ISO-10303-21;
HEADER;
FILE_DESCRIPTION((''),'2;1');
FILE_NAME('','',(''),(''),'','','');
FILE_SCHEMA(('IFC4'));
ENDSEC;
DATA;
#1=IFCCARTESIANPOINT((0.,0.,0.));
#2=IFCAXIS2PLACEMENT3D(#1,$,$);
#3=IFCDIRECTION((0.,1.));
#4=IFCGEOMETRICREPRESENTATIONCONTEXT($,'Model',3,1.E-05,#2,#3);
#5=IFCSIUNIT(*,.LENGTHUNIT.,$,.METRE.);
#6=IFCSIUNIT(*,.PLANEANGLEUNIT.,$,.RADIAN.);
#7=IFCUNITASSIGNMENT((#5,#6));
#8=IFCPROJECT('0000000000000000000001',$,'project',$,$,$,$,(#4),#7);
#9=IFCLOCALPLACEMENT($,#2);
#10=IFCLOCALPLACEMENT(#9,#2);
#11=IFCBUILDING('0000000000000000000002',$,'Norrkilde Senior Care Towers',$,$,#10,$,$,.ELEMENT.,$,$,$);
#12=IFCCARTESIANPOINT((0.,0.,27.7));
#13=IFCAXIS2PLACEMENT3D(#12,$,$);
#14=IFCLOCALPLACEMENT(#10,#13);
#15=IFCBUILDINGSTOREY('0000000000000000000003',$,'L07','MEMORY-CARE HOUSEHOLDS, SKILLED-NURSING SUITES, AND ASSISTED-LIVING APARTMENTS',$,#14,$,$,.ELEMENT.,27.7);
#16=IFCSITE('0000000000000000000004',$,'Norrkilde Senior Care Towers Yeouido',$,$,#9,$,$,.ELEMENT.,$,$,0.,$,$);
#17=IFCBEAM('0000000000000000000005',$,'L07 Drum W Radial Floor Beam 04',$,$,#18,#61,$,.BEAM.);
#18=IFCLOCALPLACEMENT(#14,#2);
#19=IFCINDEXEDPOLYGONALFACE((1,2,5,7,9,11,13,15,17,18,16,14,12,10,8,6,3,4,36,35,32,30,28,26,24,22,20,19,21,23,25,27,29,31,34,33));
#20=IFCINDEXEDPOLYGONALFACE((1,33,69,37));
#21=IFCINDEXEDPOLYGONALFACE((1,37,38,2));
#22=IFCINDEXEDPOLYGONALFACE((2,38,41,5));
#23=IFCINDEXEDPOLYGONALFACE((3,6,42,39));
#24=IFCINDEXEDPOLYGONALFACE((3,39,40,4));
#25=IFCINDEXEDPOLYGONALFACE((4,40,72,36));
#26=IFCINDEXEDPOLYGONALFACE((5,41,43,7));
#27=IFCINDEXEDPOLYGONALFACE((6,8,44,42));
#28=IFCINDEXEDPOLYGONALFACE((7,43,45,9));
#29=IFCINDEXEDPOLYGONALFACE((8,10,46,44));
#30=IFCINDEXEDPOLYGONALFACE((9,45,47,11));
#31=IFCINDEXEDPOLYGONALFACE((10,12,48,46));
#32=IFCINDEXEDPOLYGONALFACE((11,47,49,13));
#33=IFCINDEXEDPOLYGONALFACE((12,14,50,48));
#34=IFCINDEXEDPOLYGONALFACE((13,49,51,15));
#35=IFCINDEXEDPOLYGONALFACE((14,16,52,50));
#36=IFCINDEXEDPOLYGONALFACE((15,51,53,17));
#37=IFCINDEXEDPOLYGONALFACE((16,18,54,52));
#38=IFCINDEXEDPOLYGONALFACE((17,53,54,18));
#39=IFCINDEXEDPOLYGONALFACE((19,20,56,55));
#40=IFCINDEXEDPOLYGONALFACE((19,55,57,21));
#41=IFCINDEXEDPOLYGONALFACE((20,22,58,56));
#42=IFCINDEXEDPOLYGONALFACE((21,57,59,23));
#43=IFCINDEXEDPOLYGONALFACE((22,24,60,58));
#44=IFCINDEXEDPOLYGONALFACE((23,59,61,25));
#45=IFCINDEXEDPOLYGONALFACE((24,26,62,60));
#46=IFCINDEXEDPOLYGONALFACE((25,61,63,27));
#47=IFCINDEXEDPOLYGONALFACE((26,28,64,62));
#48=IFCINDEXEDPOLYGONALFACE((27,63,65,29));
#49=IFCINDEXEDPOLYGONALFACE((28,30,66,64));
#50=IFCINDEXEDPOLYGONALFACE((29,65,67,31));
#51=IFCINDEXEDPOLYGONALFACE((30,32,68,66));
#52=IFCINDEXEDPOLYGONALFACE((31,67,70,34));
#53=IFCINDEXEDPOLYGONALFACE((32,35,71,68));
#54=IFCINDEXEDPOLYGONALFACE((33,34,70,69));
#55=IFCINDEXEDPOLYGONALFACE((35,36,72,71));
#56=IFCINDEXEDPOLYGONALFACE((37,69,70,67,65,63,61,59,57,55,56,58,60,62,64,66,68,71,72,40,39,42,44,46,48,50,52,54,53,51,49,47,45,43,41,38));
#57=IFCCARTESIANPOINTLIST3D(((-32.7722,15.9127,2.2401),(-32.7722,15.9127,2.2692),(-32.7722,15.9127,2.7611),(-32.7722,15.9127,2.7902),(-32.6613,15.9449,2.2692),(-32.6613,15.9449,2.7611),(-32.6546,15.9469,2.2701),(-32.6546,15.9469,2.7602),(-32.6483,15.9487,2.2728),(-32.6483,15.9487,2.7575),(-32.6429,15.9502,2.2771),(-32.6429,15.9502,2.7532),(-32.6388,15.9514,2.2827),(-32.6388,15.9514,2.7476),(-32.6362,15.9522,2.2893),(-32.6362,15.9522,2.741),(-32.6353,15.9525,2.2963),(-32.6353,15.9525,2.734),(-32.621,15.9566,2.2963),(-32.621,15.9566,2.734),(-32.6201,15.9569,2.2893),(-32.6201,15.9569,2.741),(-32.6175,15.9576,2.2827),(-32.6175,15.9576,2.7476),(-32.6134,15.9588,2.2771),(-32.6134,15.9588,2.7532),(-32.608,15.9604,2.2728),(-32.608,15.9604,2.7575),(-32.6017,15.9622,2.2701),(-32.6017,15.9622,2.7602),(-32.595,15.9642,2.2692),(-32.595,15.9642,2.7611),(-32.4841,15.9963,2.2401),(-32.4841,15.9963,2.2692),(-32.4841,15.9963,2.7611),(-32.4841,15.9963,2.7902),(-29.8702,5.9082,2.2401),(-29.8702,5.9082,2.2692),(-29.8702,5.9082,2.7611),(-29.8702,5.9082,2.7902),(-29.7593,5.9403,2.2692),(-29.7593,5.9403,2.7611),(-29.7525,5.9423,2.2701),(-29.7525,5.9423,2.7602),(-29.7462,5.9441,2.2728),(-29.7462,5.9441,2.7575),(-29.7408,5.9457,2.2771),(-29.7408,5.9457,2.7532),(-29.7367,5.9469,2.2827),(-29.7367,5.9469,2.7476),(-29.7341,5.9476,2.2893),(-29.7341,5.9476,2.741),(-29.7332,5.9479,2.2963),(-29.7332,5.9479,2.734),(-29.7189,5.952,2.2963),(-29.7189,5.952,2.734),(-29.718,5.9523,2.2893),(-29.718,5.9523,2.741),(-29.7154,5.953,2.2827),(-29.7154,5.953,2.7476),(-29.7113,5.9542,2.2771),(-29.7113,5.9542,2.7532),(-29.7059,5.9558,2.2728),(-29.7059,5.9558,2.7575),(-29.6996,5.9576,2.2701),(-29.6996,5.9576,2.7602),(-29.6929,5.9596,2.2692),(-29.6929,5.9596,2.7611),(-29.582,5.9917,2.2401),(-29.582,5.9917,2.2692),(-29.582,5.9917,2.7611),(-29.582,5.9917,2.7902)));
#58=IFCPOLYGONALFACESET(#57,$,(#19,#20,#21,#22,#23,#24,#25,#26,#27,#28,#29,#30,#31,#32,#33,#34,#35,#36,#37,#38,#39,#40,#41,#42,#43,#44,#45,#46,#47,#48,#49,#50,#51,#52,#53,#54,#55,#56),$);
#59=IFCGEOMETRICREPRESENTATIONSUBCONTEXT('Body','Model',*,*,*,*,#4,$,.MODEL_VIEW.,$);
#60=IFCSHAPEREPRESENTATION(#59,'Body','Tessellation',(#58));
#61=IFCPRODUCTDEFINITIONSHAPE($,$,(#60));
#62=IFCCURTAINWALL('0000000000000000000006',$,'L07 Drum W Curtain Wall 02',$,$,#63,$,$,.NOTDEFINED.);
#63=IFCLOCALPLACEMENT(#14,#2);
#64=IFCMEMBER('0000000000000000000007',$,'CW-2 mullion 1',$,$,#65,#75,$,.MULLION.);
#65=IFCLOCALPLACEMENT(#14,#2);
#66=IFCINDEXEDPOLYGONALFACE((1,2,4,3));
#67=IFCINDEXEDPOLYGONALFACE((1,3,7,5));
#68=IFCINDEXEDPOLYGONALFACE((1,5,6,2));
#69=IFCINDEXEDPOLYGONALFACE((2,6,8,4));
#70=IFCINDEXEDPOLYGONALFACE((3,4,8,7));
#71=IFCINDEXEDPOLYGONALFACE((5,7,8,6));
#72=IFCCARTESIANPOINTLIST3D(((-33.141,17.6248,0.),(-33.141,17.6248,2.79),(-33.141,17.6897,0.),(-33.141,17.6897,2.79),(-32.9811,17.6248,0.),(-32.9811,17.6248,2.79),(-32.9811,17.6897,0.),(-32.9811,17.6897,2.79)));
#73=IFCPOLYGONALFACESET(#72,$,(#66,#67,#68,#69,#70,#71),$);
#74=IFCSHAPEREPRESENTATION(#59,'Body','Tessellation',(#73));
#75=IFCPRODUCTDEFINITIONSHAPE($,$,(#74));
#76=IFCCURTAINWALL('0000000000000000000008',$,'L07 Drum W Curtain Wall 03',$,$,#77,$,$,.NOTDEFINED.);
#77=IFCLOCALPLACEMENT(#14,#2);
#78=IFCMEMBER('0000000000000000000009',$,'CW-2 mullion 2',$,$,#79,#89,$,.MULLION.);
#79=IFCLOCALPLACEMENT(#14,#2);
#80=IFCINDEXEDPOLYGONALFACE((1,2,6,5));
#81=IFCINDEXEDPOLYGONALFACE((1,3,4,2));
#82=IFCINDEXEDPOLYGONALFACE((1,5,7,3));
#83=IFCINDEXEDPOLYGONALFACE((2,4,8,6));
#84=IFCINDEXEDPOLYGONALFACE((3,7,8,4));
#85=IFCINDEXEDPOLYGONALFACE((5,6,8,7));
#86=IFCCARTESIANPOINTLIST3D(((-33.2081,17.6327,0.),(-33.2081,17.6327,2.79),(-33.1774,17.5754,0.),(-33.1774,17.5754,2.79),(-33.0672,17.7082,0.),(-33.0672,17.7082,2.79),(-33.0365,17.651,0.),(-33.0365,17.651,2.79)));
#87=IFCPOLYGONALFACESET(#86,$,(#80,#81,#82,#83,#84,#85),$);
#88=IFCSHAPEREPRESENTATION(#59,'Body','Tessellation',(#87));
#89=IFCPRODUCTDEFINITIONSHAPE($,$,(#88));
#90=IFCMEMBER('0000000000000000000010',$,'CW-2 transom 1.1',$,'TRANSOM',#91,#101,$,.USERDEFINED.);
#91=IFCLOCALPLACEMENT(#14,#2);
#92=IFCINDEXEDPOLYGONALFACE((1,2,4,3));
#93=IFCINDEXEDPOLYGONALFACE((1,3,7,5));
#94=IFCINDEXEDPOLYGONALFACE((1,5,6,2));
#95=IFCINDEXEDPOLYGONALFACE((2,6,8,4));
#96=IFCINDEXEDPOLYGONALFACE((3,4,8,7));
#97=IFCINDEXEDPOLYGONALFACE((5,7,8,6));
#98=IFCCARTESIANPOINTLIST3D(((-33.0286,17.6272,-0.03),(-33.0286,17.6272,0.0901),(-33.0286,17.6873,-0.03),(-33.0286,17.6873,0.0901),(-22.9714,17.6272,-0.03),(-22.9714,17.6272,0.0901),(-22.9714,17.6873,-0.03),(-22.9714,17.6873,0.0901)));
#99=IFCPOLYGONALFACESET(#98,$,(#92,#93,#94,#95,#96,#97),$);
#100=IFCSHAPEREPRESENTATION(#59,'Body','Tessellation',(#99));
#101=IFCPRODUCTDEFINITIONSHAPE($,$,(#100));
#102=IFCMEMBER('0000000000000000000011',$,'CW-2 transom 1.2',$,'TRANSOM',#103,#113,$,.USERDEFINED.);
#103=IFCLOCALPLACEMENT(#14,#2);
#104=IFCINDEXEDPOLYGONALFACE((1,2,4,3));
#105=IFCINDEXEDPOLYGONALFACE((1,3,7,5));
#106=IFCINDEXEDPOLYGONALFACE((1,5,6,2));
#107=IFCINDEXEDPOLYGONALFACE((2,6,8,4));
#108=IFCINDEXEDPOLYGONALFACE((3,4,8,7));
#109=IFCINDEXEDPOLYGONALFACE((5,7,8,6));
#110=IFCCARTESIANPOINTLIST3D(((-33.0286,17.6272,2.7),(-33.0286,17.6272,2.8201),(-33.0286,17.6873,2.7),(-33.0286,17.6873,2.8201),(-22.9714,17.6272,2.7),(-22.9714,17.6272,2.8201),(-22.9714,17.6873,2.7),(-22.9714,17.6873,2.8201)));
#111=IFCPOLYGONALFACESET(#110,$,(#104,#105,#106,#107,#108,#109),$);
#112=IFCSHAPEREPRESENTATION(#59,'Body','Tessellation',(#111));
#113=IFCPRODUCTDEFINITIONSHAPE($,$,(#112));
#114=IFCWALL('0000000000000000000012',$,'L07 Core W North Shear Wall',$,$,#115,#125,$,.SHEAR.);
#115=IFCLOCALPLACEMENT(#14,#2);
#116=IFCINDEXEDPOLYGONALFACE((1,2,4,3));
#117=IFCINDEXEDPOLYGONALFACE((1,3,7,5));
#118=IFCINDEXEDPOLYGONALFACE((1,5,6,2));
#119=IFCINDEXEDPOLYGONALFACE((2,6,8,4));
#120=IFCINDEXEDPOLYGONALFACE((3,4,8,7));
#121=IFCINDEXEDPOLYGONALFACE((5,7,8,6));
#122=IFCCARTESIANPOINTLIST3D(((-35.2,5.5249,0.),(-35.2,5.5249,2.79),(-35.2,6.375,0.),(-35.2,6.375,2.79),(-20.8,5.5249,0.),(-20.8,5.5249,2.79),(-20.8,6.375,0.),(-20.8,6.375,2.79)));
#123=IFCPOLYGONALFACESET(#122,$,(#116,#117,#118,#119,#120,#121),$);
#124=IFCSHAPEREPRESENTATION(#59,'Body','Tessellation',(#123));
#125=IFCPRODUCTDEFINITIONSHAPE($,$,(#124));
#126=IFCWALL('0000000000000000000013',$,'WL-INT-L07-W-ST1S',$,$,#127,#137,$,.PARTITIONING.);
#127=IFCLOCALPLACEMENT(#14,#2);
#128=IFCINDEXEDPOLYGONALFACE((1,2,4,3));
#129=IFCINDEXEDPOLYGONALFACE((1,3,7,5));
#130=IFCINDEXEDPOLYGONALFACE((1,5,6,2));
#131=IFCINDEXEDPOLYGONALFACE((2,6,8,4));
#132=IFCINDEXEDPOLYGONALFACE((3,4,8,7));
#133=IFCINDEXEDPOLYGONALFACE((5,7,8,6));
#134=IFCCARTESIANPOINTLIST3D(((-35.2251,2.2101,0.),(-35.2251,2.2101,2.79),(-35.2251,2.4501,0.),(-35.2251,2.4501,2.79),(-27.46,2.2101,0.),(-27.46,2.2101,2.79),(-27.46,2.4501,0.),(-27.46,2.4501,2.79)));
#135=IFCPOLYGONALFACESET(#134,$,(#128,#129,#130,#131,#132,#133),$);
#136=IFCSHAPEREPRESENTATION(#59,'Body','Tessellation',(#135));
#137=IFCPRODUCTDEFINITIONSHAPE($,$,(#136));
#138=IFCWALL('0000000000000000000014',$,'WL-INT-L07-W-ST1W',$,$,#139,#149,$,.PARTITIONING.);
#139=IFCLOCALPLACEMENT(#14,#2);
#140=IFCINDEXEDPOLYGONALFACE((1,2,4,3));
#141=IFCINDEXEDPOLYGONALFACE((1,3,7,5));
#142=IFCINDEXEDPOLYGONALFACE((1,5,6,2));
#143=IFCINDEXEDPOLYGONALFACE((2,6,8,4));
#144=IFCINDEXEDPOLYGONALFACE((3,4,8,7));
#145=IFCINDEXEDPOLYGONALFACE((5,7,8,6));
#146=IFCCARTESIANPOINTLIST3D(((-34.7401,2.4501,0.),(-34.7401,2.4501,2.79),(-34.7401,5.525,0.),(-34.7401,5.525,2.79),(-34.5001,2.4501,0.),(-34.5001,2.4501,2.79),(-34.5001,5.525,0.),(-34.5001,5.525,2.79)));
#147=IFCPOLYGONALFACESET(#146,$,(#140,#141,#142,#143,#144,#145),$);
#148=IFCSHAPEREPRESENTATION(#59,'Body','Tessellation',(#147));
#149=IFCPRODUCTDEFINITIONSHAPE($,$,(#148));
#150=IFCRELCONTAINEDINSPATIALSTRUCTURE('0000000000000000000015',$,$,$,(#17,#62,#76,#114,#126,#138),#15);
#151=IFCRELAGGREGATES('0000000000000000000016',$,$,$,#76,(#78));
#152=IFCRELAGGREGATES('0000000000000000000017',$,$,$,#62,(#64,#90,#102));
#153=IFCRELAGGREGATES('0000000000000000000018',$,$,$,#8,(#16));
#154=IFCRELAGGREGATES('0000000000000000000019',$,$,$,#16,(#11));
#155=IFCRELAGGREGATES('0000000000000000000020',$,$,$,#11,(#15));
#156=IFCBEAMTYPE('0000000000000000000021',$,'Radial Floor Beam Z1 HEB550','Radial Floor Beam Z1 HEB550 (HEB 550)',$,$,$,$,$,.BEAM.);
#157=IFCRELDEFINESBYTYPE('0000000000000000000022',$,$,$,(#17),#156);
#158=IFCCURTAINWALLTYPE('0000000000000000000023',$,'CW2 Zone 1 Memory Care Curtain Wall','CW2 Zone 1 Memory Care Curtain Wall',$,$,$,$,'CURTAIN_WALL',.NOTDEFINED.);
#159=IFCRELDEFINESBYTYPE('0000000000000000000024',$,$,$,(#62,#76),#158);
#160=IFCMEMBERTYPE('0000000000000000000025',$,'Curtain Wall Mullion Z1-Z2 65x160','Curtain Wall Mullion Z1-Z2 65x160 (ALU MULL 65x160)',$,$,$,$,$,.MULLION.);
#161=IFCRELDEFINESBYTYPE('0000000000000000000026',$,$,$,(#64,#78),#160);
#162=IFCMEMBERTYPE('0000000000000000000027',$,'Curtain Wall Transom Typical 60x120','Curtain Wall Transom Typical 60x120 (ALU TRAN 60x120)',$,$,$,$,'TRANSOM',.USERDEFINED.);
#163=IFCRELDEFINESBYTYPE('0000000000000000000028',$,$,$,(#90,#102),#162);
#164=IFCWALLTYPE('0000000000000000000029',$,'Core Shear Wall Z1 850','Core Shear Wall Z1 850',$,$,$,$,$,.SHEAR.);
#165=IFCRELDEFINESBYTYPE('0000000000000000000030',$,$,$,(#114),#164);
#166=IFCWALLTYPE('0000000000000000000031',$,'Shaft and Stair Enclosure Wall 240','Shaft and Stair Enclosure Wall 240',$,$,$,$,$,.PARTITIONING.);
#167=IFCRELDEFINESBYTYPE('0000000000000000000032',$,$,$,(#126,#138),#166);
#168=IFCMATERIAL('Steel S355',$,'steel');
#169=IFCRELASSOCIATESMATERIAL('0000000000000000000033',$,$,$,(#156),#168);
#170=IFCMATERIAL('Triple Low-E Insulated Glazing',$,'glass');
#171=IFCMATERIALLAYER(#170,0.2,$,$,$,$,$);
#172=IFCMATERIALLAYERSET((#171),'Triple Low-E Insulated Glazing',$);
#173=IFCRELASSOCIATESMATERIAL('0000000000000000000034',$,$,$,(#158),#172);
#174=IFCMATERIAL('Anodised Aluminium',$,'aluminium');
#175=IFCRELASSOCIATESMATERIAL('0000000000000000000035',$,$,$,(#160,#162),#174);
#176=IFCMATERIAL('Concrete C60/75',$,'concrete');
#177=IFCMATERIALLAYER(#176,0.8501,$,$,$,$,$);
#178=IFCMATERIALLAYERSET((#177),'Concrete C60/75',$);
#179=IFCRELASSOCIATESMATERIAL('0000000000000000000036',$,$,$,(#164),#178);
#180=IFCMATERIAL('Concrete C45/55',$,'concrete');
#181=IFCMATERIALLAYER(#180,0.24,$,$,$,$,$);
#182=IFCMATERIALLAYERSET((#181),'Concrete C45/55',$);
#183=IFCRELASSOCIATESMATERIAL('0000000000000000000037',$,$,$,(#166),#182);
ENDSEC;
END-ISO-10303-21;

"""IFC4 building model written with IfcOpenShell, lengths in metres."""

from ifc_helpers import new_model, si_unit, direction, frame, frame_2d, origin, origin_2d, place, context, subcontext, project, spatial, rectangle, i_section, extrude, source, transform, mapped, material, layer, layer_set, material_profile, profile_set, type_object, type_shapes, element, aggregate, save


model = new_model("IFC4")

# Units and contexts
model_context = context("Model", 3, precision=1e-05, world=origin(), true_north=direction((0.0, 1.0)))
body_context = subcontext(model_context, "Body", "Model", "MODEL_VIEW")
ifc_project = project(units=[si_unit("LENGTHUNIT", "METRE"), si_unit("PLANEANGLEUNIT", "RADIAN")], contexts=[model_context])

# Site, building, storey
site_placement = place(None, origin())
site = spatial("IfcSite", under=ifc_project, at=site_placement, Name="Norrkilde Senior Care Towers Yeouido", CompositionType="ELEMENT", RefElevation=0.0)
building_placement = place(site_placement, origin())
building = spatial("IfcBuilding", under=site, at=building_placement, Name="Norrkilde Senior Care Towers", CompositionType="ELEMENT")
storey_placement = place(building_placement, frame((0.0, 0.0, 27.7)))
storey = spatial("IfcBuildingStorey", under=building, at=storey_placement, Name="L07", Description="MEMORY-CARE HOUSEHOLDS, SKILLED-NURSING SUITES, AND ASSISTED-LIVING APARTMENTS", CompositionType="ELEMENT", Elevation=27.7)

# Shared definitions
ifc_material_1 = material(Name="Concrete C60/75", Category="concrete")

# Beam
ifc_material_2 = material(Name="Steel S355", Category="steel")
ifc_material_profile_1 = material_profile(ifc_material_2, i_section(OverallWidth=0.3, OverallDepth=0.55, WebThickness=0.0149, FlangeThickness=0.0291, FilletRadius=0.0271, at=origin_2d()), Name="HEB 550")
ifc_profile_set_1 = profile_set([ifc_material_profile_1], Name="Steel S355")
beam_type_1 = type_object("IfcBeamType", Name="Radial Floor Beam Z1 HEB550", Description="Radial Floor Beam Z1 HEB550 (HEB 550)", PredefinedType="BEAM", material=ifc_profile_set_1)
shared_shape_1 = source(origin(), body_context, "Body", "SweptSolid", [
    extrude(i_section(OverallWidth=0.3, OverallDepth=0.55, WebThickness=0.0149, FlangeThickness=0.0291, FilletRadius=0.0271, at=origin_2d()), origin(), (0.0, 0.0, 1.0), 10.417),
])
beam_1_placement = place(storey_placement, frame((-29.7261, 5.95, 2.5151), z_axis=(-0.278591, 0.96041, 0.0), x_axis=(-0.96041, -0.278591, 0.0)))
element("IfcBeam", 1, at=beam_1_placement, inside=storey, type_object=beam_type_1, Name="L07 Drum W Radial Floor Beam 04", PredefinedType="BEAM", context=body_context, shape_type="MappedRepresentation", body=[
    mapped(shared_shape_1, transform((0.0, 0.0, 0.0), x_axis=(1.0, 0.0, 0.0), y_axis=(0.0, 1.0, 0.0), z_axis=(0.0, 0.0, 1.0), scale=1.0)),
])

# Curtain walls, members
ifc_material_3 = material(Name="Triple Low-E Insulated Glazing", Category="glass")
ifc_layer_1 = layer(ifc_material_3, 0.2)
ifc_layer_set_1 = layer_set([ifc_layer_1], Name="Triple Low-E Insulated Glazing")
curtain_wall_type = type_object("IfcCurtainWallType", Name="CW2 Zone 1 Memory Care Curtain Wall", Description="CW2 Zone 1 Memory Care Curtain Wall", ElementType="CURTAIN_WALL", PredefinedType="NOTDEFINED", material=ifc_layer_set_1)
curtain_wall_1_placement = place(storey_placement, origin())
curtain_wall_1 = element("IfcCurtainWall", 2, at=curtain_wall_1_placement, inside=storey, type_object=curtain_wall_type, Name="L07 Drum W Curtain Wall 02", PredefinedType="NOTDEFINED")
ifc_material_4 = material(Name="Anodised Aluminium", Category="aluminium")
ifc_material_profile_2 = material_profile(ifc_material_4, rectangle(XDim=0.0649, YDim=0.1599, at=origin_2d()), Name="ALU MULL 65x160")
ifc_profile_set_2 = profile_set([ifc_material_profile_2], Name="Anodised Aluminium")
member_type_1 = type_object("IfcMemberType", Name="Curtain Wall Mullion Z1-Z2 65x160", Description="Curtain Wall Mullion Z1-Z2 65x160 (ALU MULL 65x160)", PredefinedType="MULLION", material=ifc_profile_set_2)
shared_shape_2 = source(origin(), body_context, "Body", "SweptSolid", [
    extrude(rectangle(XDim=0.0649, YDim=0.1599, at=origin_2d()), origin(), (0.0, 0.0, 1.0), 2.79),
])
type_shapes(member_type_1, [shared_shape_2])
member_1_placement = place(storey_placement, frame((-33.061, 17.6572, 0.0), z_axis=(0.0, 0.0, 1.0), x_axis=(0.0, 1.0, 0.0)))
member_1 = element("IfcMember", 3, at=member_1_placement, type_object=member_type_1, Name="CW-2 mullion 1", PredefinedType="MULLION", context=body_context, shape_type="MappedRepresentation", body=[
    mapped(shared_shape_2, transform((0.0, 0.0, 0.0), x_axis=(1.0, 0.0, 0.0), y_axis=(0.0, 1.0, 0.0), z_axis=(0.0, 0.0, 1.0), scale=1.0)),
])
curtain_wall_2_placement = place(storey_placement, origin())
curtain_wall_2 = element("IfcCurtainWall", 4, at=curtain_wall_2_placement, inside=storey, type_object=curtain_wall_type, Name="L07 Drum W Curtain Wall 03", PredefinedType="NOTDEFINED")
member_2_placement = place(storey_placement, frame((-33.1223, 17.6418, 0.0), z_axis=(0.0, 0.0, 1.0), x_axis=(-0.472608, 0.881273, 0.0)))
member_2 = element("IfcMember", 5, at=member_2_placement, type_object=member_type_1, Name="CW-2 mullion 2", PredefinedType="MULLION", context=body_context, shape_type="MappedRepresentation", body=[
    mapped(shared_shape_2, transform((0.0, 0.0, 0.0), x_axis=(1.0, 0.0, 0.0), y_axis=(0.0, 1.0, 0.0), z_axis=(0.0, 0.0, 1.0), scale=1.0)),
])
aggregate(curtain_wall_2, [member_2])

# Members
ifc_material_profile_3 = material_profile(ifc_material_4, rectangle(XDim=0.0601, YDim=0.1201, at=origin_2d()), Name="ALU TRAN 60x120")
ifc_profile_set_3 = profile_set([ifc_material_profile_3], Name="Anodised Aluminium")
member_type_2 = type_object("IfcMemberType", Name="Curtain Wall Transom Typical 60x120", Description="Curtain Wall Transom Typical 60x120 (ALU TRAN 60x120)", ElementType="TRANSOM", PredefinedType="USERDEFINED", material=ifc_profile_set_3)
shared_shape_3 = source(origin(), body_context, "Body", "SweptSolid", [
    extrude(rectangle(XDim=0.0601, YDim=0.1201, at=origin_2d()), origin(), (0.0, 0.0, 1.0), 10.0571),
])
type_shapes(member_type_2, [shared_shape_3])
member_3_placement = place(storey_placement, frame((-33.0286, 17.6572, 0.03), z_axis=(1.0, 0.0, 0.0), x_axis=(0.0, 1.0, 0.0)))
member_3 = element("IfcMember", 6, at=member_3_placement, type_object=member_type_2, Name="CW-2 transom 1.1", ObjectType="TRANSOM", PredefinedType="USERDEFINED", context=body_context, shape_type="MappedRepresentation", body=[
    mapped(shared_shape_3, transform((0.0, 0.0, 0.0), x_axis=(1.0, 0.0, 0.0), y_axis=(0.0, 1.0, 0.0), z_axis=(0.0, 0.0, 1.0), scale=1.0)),
])
member_4_placement = place(storey_placement, frame((-33.0286, 17.6572, 2.76), z_axis=(1.0, 0.0, 0.0), x_axis=(0.0, 1.0, 0.0)))
member_4 = element("IfcMember", 7, at=member_4_placement, type_object=member_type_2, Name="CW-2 transom 1.2", ObjectType="TRANSOM", PredefinedType="USERDEFINED", context=body_context, shape_type="MappedRepresentation", body=[
    mapped(shared_shape_3, transform((0.0, 0.0, 0.0), x_axis=(1.0, 0.0, 0.0), y_axis=(0.0, 1.0, 0.0), z_axis=(0.0, 0.0, 1.0), scale=1.0)),
])
aggregate(curtain_wall_1, [member_1, member_3, member_4])

# Walls
ifc_layer_2 = layer(ifc_material_1, 0.8501)
ifc_layer_set_2 = layer_set([ifc_layer_2], Name="Concrete C60/75")
wall_type_1 = type_object("IfcWallType", Name="Core Shear Wall Z1 850", Description="Core Shear Wall Z1 850", PredefinedType="SHEAR", material=ifc_layer_set_2)
shared_shape_4 = source(origin(), body_context, "Body", "SweptSolid", [
    extrude(rectangle(XDim=14.3999, YDim=0.8501, at=frame_2d((7.2, 0.0))), origin(), (0.0, 0.0, 1.0), 2.79),
])
type_shapes(wall_type_1, [shared_shape_4])
wall_1_placement = place(storey_placement, frame((-35.2, 5.95, 0.0), z_axis=(0.0, 0.0, 1.0), x_axis=(1.0, 0.0, 0.0)))
element("IfcWall", 8, at=wall_1_placement, inside=storey, type_object=wall_type_1, Name="L07 Core W North Shear Wall", PredefinedType="SHEAR", context=body_context, shape_type="MappedRepresentation", body=[
    mapped(shared_shape_4, transform((0.0, 0.0, 0.0), x_axis=(1.0, 0.0, 0.0), y_axis=(0.0, 1.0, 0.0), z_axis=(0.0, 0.0, 1.0), scale=1.0)),
])
ifc_material_5 = material(Name="Concrete C45/55", Category="concrete")
ifc_layer_3 = layer(ifc_material_5, 0.24)
ifc_layer_set_3 = layer_set([ifc_layer_3], Name="Concrete C45/55")
wall_type_2 = type_object("IfcWallType", Name="Shaft and Stair Enclosure Wall 240", Description="Shaft and Stair Enclosure Wall 240", PredefinedType="PARTITIONING", material=ifc_layer_set_3)
shared_shape_5 = source(origin(), body_context, "Body", "SweptSolid", [
    extrude(rectangle(XDim=7.7651, YDim=0.24, at=frame_2d((3.8826, 0.0))), origin(), (0.0, 0.0, 1.0), 2.79),
])
wall_2_placement = place(storey_placement, frame((-35.2251, 2.3301, 0.0), z_axis=(0.0, 0.0, 1.0), x_axis=(1.0, 0.0, 0.0)))
element("IfcWall", 9, at=wall_2_placement, inside=storey, type_object=wall_type_2, Name="WL-INT-L07-W-ST1S", PredefinedType="PARTITIONING", context=body_context, shape_type="MappedRepresentation", body=[
    mapped(shared_shape_5, transform((0.0, 0.0, 0.0), x_axis=(1.0, 0.0, 0.0), y_axis=(0.0, 1.0, 0.0), z_axis=(0.0, 0.0, 1.0), scale=1.0)),
])
shared_shape_6 = source(origin(), body_context, "Body", "SweptSolid", [
    extrude(rectangle(XDim=3.075, YDim=0.24, at=frame_2d((1.5376, 0.0))), origin(), (0.0, 0.0, 1.0), 2.79),
])
type_shapes(wall_type_2, [shared_shape_5, shared_shape_6])
wall_3_placement = place(storey_placement, frame((-34.6201, 2.45, 0.0), z_axis=(0.0, 0.0, 1.0), x_axis=(0.0, 1.0, 0.0)))
element("IfcWall", 10, at=wall_3_placement, inside=storey, type_object=wall_type_2, Name="WL-INT-L07-W-ST1W", PredefinedType="PARTITIONING", context=body_context, shape_type="MappedRepresentation", body=[
    mapped(shared_shape_6, transform((0.0, 0.0, 0.0), x_axis=(1.0, 0.0, 0.0), y_axis=(0.0, 1.0, 0.0), z_axis=(0.0, 0.0, 1.0), scale=1.0)),
])

save(model, "model.ifc")
